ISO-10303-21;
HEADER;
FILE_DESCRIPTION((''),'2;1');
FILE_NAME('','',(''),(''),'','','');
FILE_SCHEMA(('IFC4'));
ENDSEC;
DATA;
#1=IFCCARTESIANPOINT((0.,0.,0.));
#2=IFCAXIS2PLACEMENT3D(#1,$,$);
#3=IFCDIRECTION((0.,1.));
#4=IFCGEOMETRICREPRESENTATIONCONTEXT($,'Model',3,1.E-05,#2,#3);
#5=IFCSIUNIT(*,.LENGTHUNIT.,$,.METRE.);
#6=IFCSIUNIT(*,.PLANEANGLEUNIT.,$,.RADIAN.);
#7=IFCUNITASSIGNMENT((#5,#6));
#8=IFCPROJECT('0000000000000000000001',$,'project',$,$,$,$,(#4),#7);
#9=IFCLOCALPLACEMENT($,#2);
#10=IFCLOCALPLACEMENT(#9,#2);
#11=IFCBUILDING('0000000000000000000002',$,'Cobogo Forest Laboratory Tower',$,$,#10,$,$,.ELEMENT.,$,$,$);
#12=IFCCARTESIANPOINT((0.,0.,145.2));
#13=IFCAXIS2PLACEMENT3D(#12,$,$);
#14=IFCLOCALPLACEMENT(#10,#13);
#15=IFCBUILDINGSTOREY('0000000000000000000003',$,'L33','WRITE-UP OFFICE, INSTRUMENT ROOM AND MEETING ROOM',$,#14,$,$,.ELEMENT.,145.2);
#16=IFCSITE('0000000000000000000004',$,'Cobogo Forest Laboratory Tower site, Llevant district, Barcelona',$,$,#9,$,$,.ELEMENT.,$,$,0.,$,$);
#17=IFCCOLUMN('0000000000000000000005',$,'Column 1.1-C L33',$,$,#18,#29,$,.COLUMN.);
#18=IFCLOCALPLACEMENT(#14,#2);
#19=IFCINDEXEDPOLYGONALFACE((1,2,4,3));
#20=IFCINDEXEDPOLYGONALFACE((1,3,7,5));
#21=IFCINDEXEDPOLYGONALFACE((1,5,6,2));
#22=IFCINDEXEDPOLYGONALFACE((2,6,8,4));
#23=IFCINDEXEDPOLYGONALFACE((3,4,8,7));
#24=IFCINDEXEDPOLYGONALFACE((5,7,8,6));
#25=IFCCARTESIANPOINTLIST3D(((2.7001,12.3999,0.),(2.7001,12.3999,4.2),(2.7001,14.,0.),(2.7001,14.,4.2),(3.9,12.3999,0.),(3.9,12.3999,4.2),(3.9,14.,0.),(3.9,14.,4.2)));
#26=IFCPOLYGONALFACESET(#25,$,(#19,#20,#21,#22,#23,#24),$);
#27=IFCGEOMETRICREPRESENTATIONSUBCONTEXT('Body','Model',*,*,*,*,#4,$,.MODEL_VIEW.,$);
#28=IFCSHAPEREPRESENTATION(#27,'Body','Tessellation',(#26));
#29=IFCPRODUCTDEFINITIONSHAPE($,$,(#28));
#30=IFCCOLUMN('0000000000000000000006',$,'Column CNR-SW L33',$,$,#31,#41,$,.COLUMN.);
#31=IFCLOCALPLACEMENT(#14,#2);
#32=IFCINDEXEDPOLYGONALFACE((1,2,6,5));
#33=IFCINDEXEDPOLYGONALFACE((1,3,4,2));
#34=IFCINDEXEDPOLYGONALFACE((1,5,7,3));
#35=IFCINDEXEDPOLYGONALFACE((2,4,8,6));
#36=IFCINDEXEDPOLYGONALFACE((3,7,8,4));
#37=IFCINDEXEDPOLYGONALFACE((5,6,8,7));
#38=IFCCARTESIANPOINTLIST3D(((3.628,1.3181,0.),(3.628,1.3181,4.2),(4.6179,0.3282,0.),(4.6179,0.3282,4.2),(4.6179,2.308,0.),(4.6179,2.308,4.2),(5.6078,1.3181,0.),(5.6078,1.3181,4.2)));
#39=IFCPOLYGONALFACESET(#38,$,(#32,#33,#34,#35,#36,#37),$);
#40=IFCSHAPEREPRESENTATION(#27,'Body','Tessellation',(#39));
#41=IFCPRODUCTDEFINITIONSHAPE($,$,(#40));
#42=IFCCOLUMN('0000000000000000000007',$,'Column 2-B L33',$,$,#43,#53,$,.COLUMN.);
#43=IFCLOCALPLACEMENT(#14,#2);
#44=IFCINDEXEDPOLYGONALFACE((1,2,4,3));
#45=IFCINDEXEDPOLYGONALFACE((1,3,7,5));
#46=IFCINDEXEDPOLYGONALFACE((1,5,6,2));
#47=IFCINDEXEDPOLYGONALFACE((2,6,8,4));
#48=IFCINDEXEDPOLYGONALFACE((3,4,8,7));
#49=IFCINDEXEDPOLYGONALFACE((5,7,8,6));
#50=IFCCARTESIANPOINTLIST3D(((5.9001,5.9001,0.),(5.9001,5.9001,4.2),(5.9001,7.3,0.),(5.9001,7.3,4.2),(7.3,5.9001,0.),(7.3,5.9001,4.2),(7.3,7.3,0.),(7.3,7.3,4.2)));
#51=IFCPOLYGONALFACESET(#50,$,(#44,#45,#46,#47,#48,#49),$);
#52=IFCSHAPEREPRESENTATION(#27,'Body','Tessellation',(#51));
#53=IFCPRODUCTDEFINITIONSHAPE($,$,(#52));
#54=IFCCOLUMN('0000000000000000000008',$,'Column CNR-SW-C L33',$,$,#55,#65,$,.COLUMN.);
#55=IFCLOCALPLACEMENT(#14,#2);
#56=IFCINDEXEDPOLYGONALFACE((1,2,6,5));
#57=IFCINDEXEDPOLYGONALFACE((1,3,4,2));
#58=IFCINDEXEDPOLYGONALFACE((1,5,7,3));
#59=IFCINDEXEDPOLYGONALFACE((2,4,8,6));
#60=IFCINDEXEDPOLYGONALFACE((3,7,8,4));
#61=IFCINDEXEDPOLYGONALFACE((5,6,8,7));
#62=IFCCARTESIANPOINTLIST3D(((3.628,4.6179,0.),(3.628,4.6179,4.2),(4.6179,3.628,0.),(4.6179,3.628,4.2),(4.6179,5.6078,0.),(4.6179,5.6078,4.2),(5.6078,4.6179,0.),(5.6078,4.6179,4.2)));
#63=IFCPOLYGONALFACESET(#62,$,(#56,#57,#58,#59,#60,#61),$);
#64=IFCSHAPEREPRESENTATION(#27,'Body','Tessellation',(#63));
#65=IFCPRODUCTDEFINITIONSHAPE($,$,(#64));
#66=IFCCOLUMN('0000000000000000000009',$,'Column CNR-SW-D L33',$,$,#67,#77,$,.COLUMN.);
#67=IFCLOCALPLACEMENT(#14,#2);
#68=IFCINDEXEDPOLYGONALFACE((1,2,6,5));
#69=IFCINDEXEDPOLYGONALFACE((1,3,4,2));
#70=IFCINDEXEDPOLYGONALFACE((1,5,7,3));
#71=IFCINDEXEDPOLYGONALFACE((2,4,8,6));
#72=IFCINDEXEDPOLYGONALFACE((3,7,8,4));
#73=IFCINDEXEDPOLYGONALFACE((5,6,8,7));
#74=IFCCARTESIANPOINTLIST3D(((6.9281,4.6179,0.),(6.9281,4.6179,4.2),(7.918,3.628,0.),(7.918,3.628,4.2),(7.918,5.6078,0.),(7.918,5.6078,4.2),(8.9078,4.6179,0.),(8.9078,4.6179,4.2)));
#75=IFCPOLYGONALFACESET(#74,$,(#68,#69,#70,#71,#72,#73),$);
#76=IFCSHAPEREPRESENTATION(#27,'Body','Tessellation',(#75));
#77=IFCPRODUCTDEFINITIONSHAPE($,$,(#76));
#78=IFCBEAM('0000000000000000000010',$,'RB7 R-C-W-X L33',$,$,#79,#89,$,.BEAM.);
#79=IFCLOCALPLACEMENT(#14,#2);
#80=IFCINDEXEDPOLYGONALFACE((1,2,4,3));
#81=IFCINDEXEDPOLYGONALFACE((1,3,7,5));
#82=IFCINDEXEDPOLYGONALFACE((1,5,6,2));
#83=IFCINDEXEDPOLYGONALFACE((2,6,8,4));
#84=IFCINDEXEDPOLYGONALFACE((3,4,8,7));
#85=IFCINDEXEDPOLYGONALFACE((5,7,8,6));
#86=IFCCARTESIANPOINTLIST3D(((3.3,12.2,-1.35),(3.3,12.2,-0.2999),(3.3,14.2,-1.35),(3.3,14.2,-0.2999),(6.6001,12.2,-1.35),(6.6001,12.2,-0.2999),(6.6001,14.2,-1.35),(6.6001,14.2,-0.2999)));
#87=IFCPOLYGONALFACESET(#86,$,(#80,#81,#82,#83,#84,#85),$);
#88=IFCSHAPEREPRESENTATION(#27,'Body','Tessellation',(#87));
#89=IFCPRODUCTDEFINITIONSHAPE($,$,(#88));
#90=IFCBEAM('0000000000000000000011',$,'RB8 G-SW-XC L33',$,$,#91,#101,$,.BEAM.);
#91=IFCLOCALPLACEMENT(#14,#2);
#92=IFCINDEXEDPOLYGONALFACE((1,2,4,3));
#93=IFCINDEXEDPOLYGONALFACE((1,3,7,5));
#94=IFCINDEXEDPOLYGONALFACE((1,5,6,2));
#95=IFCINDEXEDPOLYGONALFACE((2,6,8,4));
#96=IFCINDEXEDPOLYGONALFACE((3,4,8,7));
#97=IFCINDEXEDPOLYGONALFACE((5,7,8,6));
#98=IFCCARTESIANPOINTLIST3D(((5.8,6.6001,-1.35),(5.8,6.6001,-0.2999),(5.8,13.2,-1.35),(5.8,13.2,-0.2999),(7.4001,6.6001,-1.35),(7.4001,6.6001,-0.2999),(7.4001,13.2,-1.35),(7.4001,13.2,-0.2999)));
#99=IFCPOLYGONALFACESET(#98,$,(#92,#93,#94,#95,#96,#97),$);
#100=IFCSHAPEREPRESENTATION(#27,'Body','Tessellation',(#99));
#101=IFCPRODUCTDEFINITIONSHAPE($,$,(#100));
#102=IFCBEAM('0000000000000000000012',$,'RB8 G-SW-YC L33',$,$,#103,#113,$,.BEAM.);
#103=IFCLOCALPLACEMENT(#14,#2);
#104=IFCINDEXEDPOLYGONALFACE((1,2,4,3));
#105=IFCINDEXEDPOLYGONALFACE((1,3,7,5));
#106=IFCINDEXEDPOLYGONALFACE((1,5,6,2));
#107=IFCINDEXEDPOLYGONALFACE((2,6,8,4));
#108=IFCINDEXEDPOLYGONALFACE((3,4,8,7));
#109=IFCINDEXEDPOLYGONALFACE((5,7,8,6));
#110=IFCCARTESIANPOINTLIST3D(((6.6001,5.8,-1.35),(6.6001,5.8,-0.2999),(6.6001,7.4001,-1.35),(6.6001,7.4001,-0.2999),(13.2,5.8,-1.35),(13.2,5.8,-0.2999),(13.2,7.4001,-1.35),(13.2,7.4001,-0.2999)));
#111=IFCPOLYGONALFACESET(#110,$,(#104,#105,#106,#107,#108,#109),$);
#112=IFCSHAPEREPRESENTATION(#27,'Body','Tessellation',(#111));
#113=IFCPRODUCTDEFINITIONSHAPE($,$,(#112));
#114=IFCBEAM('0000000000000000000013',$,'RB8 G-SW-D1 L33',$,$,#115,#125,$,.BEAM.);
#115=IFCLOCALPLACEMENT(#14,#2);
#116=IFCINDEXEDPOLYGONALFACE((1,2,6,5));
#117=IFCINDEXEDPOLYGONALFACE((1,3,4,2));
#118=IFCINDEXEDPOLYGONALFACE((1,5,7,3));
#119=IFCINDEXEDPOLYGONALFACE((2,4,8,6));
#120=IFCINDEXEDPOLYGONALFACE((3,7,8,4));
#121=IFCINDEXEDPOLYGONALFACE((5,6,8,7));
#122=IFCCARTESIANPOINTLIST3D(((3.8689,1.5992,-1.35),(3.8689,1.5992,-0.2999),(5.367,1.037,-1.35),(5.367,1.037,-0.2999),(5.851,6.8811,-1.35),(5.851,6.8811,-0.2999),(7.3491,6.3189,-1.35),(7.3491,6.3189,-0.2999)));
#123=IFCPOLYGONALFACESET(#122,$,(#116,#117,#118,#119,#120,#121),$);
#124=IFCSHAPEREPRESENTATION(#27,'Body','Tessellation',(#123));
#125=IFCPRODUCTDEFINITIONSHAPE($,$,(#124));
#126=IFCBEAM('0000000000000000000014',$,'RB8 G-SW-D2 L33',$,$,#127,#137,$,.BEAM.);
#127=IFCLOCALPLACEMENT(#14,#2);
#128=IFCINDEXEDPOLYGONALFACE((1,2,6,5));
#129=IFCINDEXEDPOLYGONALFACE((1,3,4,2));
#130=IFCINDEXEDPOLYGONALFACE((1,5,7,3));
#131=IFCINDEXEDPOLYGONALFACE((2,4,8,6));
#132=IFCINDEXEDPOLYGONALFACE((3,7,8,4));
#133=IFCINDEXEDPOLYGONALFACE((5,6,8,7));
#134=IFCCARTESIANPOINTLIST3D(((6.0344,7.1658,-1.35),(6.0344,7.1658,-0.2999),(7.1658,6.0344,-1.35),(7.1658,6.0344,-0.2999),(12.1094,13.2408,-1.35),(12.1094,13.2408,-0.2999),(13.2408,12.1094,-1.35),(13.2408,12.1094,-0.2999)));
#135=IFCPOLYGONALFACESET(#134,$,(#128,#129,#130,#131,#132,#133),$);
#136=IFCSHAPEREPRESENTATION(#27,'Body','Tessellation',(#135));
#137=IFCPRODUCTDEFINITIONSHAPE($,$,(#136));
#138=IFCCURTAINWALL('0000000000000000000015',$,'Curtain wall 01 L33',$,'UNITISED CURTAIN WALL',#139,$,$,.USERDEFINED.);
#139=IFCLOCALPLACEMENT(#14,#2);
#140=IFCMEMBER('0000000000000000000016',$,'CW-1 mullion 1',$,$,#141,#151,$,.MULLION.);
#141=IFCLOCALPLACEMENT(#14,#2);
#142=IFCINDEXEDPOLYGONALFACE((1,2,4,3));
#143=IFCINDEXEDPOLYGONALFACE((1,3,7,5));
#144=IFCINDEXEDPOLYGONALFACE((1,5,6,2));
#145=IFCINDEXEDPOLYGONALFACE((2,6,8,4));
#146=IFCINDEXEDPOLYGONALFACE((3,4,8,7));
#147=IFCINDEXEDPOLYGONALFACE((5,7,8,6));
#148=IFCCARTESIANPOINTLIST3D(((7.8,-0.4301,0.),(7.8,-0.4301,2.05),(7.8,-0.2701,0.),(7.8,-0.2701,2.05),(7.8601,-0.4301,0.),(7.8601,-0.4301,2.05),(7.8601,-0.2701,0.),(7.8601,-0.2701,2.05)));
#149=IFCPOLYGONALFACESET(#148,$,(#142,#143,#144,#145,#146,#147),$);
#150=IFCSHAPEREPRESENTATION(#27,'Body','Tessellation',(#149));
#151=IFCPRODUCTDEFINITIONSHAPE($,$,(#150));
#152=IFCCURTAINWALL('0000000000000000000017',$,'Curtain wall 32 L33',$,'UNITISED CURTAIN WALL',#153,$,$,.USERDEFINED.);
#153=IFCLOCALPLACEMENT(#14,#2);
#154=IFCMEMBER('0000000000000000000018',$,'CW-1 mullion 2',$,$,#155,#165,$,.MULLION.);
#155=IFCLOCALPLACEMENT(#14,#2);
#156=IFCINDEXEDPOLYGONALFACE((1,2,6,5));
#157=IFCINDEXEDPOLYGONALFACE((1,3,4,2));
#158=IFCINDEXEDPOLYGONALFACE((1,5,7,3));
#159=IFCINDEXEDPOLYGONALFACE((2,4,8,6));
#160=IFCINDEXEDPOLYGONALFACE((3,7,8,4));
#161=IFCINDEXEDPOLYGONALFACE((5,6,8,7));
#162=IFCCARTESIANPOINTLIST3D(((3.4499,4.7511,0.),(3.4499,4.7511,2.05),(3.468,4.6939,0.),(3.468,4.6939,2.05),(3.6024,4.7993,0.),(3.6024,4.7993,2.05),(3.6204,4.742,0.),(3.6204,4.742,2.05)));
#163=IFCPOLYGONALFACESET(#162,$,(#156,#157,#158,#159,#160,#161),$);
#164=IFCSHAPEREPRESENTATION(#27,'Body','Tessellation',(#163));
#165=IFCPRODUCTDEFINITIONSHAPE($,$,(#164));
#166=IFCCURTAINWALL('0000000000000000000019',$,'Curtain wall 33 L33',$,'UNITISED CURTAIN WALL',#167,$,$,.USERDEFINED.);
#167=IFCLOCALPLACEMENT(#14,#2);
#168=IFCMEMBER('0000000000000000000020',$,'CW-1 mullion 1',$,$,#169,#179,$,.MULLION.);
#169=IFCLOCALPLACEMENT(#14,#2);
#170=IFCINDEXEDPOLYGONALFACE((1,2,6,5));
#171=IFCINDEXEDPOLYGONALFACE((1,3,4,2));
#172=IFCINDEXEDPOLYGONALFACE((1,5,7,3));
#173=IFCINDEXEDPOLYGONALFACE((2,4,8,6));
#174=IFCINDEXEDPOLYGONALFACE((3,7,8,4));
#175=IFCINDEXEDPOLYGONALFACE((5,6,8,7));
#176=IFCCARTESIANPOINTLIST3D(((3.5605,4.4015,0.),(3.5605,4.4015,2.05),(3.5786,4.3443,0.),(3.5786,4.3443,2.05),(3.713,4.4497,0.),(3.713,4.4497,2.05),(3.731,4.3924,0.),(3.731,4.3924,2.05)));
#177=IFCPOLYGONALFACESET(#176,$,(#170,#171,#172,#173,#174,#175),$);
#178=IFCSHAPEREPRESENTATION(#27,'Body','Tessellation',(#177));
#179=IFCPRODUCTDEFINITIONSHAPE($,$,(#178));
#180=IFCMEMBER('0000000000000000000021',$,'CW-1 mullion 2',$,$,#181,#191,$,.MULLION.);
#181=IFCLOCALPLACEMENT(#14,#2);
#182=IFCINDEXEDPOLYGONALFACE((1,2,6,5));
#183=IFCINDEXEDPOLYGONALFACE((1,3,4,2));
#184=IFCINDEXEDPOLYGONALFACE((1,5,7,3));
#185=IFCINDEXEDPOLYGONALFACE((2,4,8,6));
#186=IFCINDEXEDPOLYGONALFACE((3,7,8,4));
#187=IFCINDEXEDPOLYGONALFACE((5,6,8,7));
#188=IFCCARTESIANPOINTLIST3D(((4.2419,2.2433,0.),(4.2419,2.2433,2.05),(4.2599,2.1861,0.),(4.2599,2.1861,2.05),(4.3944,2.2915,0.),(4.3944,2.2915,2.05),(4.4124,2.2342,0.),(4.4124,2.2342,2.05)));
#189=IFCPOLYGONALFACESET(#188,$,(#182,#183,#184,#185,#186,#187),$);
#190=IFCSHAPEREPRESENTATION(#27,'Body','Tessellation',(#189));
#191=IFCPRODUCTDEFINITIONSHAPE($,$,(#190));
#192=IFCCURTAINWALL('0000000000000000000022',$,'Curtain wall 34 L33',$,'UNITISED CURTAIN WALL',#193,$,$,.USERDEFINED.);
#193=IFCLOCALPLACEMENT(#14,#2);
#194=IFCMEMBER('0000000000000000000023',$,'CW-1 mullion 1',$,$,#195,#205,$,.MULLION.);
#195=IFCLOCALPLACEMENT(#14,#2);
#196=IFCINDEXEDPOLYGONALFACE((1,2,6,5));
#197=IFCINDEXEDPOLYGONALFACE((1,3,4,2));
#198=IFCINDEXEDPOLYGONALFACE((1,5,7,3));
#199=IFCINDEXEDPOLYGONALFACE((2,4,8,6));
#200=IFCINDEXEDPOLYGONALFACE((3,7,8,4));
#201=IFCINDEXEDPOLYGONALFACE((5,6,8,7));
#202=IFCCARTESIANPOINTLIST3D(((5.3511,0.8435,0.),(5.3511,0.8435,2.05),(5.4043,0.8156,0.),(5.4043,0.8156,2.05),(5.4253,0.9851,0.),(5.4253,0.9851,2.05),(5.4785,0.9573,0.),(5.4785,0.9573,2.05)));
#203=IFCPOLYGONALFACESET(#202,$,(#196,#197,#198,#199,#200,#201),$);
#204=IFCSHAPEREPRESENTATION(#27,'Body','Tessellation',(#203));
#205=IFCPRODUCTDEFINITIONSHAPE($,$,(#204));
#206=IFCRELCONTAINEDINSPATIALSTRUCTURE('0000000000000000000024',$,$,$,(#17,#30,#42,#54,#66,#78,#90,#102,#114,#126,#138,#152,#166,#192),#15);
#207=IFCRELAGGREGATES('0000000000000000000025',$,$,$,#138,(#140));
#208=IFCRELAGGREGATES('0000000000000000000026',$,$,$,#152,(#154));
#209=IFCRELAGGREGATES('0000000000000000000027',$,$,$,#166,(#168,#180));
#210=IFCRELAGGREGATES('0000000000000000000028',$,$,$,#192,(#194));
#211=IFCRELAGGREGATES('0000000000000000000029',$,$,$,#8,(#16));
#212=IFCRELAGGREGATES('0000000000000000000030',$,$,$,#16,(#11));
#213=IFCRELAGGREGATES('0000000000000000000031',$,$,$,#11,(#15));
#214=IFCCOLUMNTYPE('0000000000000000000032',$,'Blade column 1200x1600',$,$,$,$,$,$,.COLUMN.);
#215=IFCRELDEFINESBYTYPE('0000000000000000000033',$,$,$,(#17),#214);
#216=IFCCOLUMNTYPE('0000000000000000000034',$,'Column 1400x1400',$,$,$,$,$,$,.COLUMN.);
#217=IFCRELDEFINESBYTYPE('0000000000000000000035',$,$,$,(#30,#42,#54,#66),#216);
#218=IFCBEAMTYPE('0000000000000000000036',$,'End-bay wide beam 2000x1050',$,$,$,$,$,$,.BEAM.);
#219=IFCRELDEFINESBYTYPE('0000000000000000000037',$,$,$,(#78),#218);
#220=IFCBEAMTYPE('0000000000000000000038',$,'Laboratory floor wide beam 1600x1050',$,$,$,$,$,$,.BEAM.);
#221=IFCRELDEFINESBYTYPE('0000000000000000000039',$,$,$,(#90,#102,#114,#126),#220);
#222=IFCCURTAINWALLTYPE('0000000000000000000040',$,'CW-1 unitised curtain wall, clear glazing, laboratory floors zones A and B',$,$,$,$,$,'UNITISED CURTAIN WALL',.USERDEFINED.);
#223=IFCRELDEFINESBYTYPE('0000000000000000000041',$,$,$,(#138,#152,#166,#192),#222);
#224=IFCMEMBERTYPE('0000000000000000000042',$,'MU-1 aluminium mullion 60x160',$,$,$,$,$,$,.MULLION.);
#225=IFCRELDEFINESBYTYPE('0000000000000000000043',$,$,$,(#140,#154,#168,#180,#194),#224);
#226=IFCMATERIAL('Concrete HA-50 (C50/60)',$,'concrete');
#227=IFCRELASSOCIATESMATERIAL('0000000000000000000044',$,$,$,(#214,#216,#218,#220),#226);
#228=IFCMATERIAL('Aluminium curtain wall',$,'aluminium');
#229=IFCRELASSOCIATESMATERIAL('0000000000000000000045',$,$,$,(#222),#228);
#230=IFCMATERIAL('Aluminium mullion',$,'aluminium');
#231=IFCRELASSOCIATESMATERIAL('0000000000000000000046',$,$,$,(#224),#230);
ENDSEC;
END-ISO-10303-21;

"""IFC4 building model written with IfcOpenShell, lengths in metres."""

from ifc_helpers import new_model, si_unit, direction, frame, origin, origin_2d, place, context, subcontext, project, spatial, rectangle, extrude, material, material_profile, profile_set, type_object, element, aggregate, save


model = new_model("IFC4")

# Units and contexts
model_context = context("Model", 3, precision=1e-05, world=origin(), true_north=direction((0.0, 1.0)))
body_context = subcontext(model_context, "Body", "Model", "MODEL_VIEW")
ifc_project = project(units=[si_unit("LENGTHUNIT", "METRE"), si_unit("PLANEANGLEUNIT", "RADIAN")], contexts=[model_context])

# Site, building, storey
site_placement = place(None, origin())
site = spatial("IfcSite", under=ifc_project, at=site_placement, Name="Cobogo Forest Laboratory Tower site, Llevant district, Barcelona", CompositionType="ELEMENT", RefElevation=0.0)
building_placement = place(site_placement, origin())
building = spatial("IfcBuilding", under=site, at=building_placement, Name="Cobogo Forest Laboratory Tower", CompositionType="ELEMENT")
storey_placement = place(building_placement, frame((0.0, 0.0, 145.2)))
storey = spatial("IfcBuildingStorey", under=building, at=storey_placement, Name="L33", Description="WRITE-UP OFFICE, INSTRUMENT ROOM AND MEETING ROOM", CompositionType="ELEMENT", Elevation=145.2)

# Columns
ifc_material_1 = material(Name="Concrete HA-50 (C50/60)", Category="concrete")
ifc_material_profile_1 = material_profile(ifc_material_1, rectangle(XDim=1.6001, YDim=1.2, at=origin_2d()), Name="RC 1200x1600")
ifc_profile_set_1 = profile_set([ifc_material_profile_1], Name="Concrete HA-50 (C50/60)")
column_type_1 = type_object("IfcColumnType", Name="Blade column 1200x1600", PredefinedType="COLUMN", material=ifc_profile_set_1)
column_placement = place(storey_placement, frame((3.3, 13.2, 0.0), z_axis=(0.0, 0.0, 1.0), x_axis=(0.0, 1.0, 0.0)))
element("IfcColumn", 1, at=column_placement, inside=storey, type_object=column_type_1, Name="Column 1.1-C L33", PredefinedType="COLUMN", context=body_context, shape_type="SweptSolid", body=[
    extrude(rectangle(XDim=1.6001, YDim=1.2, at=origin_2d()), origin(), (0.0, 0.0, 1.0), 4.2),
])
ifc_material_profile_2 = material_profile(ifc_material_1, rectangle(XDim=1.3999, YDim=1.3999, at=origin_2d()), Name="RC 1400x1400")
ifc_profile_set_2 = profile_set([ifc_material_profile_2], Name="Concrete HA-50 (C50/60)")
column_type_2 = type_object("IfcColumnType", Name="Column 1400x1400", PredefinedType="COLUMN", material=ifc_profile_set_2)
for number, where, z_axis, x_axis, name in (
    (2, (4.6179, 1.3181, 0.0), (0.0, 0.0, 1.0), (0.707107, 0.707107, 0.0), "Column CNR-SW L33"),
    (3, (6.6001, 6.6001, 0.0), (0.0, 0.0, 1.0), (1.0, 0.0, 0.0), "Column 2-B L33"),
    (4, (4.6179, 4.6179, 0.0), (0.0, 0.0, 1.0), (0.707107, 0.707107, 0.0), "Column CNR-SW-C L33"),
    (5, (7.918, 4.6179, 0.0), (0.0, 0.0, 1.0), (0.707107, 0.707107, 0.0), "Column CNR-SW-D L33"),
):
    element("IfcColumn", number, at=place(storey_placement, frame(where, z_axis=z_axis, x_axis=x_axis)), inside=storey, type_object=column_type_2, Name=name, PredefinedType="COLUMN", context=body_context, shape_type="SweptSolid", body=[
        extrude(rectangle(XDim=1.3999, YDim=1.3999, at=origin_2d()), origin(), (0.0, 0.0, 1.0), 4.2),
    ])

# Beams
ifc_material_profile_3 = material_profile(ifc_material_1, rectangle(XDim=2.0, YDim=1.05, at=origin_2d()), Name="RC 2000x1050")
ifc_profile_set_3 = profile_set([ifc_material_profile_3], Name="Concrete HA-50 (C50/60)")
beam_type_1 = type_object("IfcBeamType", Name="End-bay wide beam 2000x1050", PredefinedType="BEAM", material=ifc_profile_set_3)
beam_1_placement = place(storey_placement, frame((3.3, 13.2, -0.825), z_axis=(1.0, 0.0, 0.0), x_axis=(0.0, 1.0, 0.0)))
element("IfcBeam", 6, at=beam_1_placement, inside=storey, type_object=beam_type_1, Name="RB7 R-C-W-X L33", PredefinedType="BEAM", context=body_context, shape_type="SweptSolid", body=[
    extrude(rectangle(XDim=2.0, YDim=1.05, at=origin_2d()), origin(), (0.0, 0.0, 1.0), 3.3),
])
ifc_material_profile_4 = material_profile(ifc_material_1, rectangle(XDim=1.6001, YDim=1.05, at=origin_2d()), Name="RC 1600x1050")
ifc_profile_set_4 = profile_set([ifc_material_profile_4], Name="Concrete HA-50 (C50/60)")
beam_type_2 = type_object("IfcBeamType", Name="Laboratory floor wide beam 1600x1050", PredefinedType="BEAM", material=ifc_profile_set_4)
for number, where, z_axis, x_axis, name in (
    (7, (6.6001, 6.6001, -0.825), (0.0, 1.0, 0.0), (-1.0, 0.0, 0.0), "RB8 G-SW-XC L33"),
    (8, (6.6001, 6.6001, -0.825), (1.0, 0.0, 0.0), (0.0, 1.0, 0.0), "RB8 G-SW-YC L33"),
):
    element("IfcBeam", number, at=place(storey_placement, frame(where, z_axis=z_axis, x_axis=x_axis)), inside=storey, type_object=beam_type_2, Name=name, PredefinedType="BEAM", context=body_context, shape_type="SweptSolid", body=[
        extrude(rectangle(XDim=1.6001, YDim=1.05, at=origin_2d()), origin(), (0.0, 0.0, 1.0), 6.5999),
    ])
beam_2_placement = place(storey_placement, frame((4.6179, 1.3181, -0.825), z_axis=(0.351346, 0.936246, 0.0), x_axis=(-0.936246, 0.351346, 0.0)))
element("IfcBeam", 9, at=beam_2_placement, inside=storey, type_object=beam_type_2, Name="RB8 G-SW-D1 L33", PredefinedType="BEAM", context=body_context, shape_type="SweptSolid", body=[
    extrude(rectangle(XDim=1.6001, YDim=1.05, at=origin_2d()), origin(), (0.0, 0.0, 1.0), 5.6416),
])
beam_3_placement = place(storey_placement, frame((6.6001, 6.6001, -0.825), z_axis=(0.707107, 0.707107, 0.0), x_axis=(-0.707107, 0.707107, 0.0)))
element("IfcBeam", 10, at=beam_3_placement, inside=storey, type_object=beam_type_2, Name="RB8 G-SW-D2 L33", PredefinedType="BEAM", context=body_context, shape_type="SweptSolid", body=[
    extrude(rectangle(XDim=1.6001, YDim=1.05, at=origin_2d()), origin(), (0.0, 0.0, 1.0), 8.5913),
])

# Curtain walls, members
ifc_material_2 = material(Name="Aluminium curtain wall", Category="aluminium")
curtain_wall_type = type_object("IfcCurtainWallType", Name="CW-1 unitised curtain wall, clear glazing, laboratory floors zones A and B", ElementType="UNITISED CURTAIN WALL", PredefinedType="USERDEFINED", material=ifc_material_2)
curtain_wall_1_placement = place(storey_placement, origin())
curtain_wall_1 = element("IfcCurtainWall", 11, at=curtain_wall_1_placement, inside=storey, type_object=curtain_wall_type, Name="Curtain wall 01 L33", ObjectType="UNITISED CURTAIN WALL", PredefinedType="USERDEFINED")
ifc_material_3 = material(Name="Aluminium mullion", Category="aluminium")
ifc_material_profile_5 = material_profile(ifc_material_3, rectangle(XDim=0.0601, YDim=0.1599, at=origin_2d()), Name="AL 60x160")
ifc_profile_set_5 = profile_set([ifc_material_profile_5], Name="Aluminium mullion")
member_type_1 = type_object("IfcMemberType", Name="MU-1 aluminium mullion 60x160", PredefinedType="MULLION", material=ifc_profile_set_5)
member_1_placement = place(storey_placement, frame((7.8301, -0.3501, 0.0), z_axis=(0.0, 0.0, 1.0), x_axis=(1.0, 0.0, 0.0)))
member_1 = element("IfcMember", 12, at=member_1_placement, type_object=member_type_1, Name="CW-1 mullion 1", PredefinedType="MULLION", context=body_context, shape_type="SweptSolid", body=[
    extrude(rectangle(XDim=0.0601, YDim=0.1599, at=origin_2d()), origin(), (0.0, 0.0, 1.0), 2.05),
])
curtain_wall_2_placement = place(storey_placement, origin())
curtain_wall_2 = element("IfcCurtainWall", 13, at=curtain_wall_2_placement, inside=storey, type_object=curtain_wall_type, Name="Curtain wall 32 L33", ObjectType="UNITISED CURTAIN WALL", PredefinedType="USERDEFINED")
member_2_placement = place(storey_placement, frame((3.5352, 4.7466, 0.0), z_axis=(0.0, 0.0, 1.0), x_axis=(0.301136, -0.953581, 0.0)))
member_2 = element("IfcMember", 14, at=member_2_placement, type_object=member_type_1, Name="CW-1 mullion 2", PredefinedType="MULLION", context=body_context, shape_type="SweptSolid", body=[
    extrude(rectangle(XDim=0.0601, YDim=0.1599, at=origin_2d()), origin(), (0.0, 0.0, 1.0), 2.05),
])

# Curtain walls, members
curtain_wall_3_placement = place(storey_placement, origin())
curtain_wall_3 = element("IfcCurtainWall", 15, at=curtain_wall_3_placement, inside=storey, type_object=curtain_wall_type, Name="Curtain wall 33 L33", ObjectType="UNITISED CURTAIN WALL", PredefinedType="USERDEFINED")
member_3_placement = place(storey_placement, frame((3.6458, 4.397, 0.0), z_axis=(0.0, 0.0, 1.0), x_axis=(0.301135, -0.953581, 0.0)))
member_3 = element("IfcMember", 16, at=member_3_placement, type_object=member_type_1, Name="CW-1 mullion 1", PredefinedType="MULLION", context=body_context, shape_type="SweptSolid", body=[
    extrude(rectangle(XDim=0.0601, YDim=0.1599, at=origin_2d()), origin(), (0.0, 0.0, 1.0), 2.05),
])
member_4_placement = place(storey_placement, frame((4.3271, 2.2388, 0.0), z_axis=(0.0, 0.0, 1.0), x_axis=(0.301135, -0.953581, 0.0)))
member_4 = element("IfcMember", 17, at=member_4_placement, type_object=member_type_1, Name="CW-1 mullion 2", PredefinedType="MULLION", context=body_context, shape_type="SweptSolid", body=[
    extrude(rectangle(XDim=0.0601, YDim=0.1599, at=origin_2d()), origin(), (0.0, 0.0, 1.0), 2.05),
])
curtain_wall_4_placement = place(storey_placement, origin())
curtain_wall_4 = element("IfcCurtainWall", 18, at=curtain_wall_4_placement, inside=storey, type_object=curtain_wall_type, Name="Curtain wall 34 L33", ObjectType="UNITISED CURTAIN WALL", PredefinedType="USERDEFINED")
member_5_placement = place(storey_placement, frame((5.4148, 0.9004, 0.0), z_axis=(0.0, 0.0, 1.0), x_axis=(0.885687, -0.464284, 0.0)))
member_5 = element("IfcMember", 19, at=member_5_placement, type_object=member_type_1, Name="CW-1 mullion 1", PredefinedType="MULLION", context=body_context, shape_type="SweptSolid", body=[
    extrude(rectangle(XDim=0.0601, YDim=0.1599, at=origin_2d()), origin(), (0.0, 0.0, 1.0), 2.05),
])

aggregate(curtain_wall_1, [member_1])
aggregate(curtain_wall_2, [member_2])
aggregate(curtain_wall_3, [member_3, member_4])
aggregate(curtain_wall_4, [member_5])

save(model, "model.ifc")
